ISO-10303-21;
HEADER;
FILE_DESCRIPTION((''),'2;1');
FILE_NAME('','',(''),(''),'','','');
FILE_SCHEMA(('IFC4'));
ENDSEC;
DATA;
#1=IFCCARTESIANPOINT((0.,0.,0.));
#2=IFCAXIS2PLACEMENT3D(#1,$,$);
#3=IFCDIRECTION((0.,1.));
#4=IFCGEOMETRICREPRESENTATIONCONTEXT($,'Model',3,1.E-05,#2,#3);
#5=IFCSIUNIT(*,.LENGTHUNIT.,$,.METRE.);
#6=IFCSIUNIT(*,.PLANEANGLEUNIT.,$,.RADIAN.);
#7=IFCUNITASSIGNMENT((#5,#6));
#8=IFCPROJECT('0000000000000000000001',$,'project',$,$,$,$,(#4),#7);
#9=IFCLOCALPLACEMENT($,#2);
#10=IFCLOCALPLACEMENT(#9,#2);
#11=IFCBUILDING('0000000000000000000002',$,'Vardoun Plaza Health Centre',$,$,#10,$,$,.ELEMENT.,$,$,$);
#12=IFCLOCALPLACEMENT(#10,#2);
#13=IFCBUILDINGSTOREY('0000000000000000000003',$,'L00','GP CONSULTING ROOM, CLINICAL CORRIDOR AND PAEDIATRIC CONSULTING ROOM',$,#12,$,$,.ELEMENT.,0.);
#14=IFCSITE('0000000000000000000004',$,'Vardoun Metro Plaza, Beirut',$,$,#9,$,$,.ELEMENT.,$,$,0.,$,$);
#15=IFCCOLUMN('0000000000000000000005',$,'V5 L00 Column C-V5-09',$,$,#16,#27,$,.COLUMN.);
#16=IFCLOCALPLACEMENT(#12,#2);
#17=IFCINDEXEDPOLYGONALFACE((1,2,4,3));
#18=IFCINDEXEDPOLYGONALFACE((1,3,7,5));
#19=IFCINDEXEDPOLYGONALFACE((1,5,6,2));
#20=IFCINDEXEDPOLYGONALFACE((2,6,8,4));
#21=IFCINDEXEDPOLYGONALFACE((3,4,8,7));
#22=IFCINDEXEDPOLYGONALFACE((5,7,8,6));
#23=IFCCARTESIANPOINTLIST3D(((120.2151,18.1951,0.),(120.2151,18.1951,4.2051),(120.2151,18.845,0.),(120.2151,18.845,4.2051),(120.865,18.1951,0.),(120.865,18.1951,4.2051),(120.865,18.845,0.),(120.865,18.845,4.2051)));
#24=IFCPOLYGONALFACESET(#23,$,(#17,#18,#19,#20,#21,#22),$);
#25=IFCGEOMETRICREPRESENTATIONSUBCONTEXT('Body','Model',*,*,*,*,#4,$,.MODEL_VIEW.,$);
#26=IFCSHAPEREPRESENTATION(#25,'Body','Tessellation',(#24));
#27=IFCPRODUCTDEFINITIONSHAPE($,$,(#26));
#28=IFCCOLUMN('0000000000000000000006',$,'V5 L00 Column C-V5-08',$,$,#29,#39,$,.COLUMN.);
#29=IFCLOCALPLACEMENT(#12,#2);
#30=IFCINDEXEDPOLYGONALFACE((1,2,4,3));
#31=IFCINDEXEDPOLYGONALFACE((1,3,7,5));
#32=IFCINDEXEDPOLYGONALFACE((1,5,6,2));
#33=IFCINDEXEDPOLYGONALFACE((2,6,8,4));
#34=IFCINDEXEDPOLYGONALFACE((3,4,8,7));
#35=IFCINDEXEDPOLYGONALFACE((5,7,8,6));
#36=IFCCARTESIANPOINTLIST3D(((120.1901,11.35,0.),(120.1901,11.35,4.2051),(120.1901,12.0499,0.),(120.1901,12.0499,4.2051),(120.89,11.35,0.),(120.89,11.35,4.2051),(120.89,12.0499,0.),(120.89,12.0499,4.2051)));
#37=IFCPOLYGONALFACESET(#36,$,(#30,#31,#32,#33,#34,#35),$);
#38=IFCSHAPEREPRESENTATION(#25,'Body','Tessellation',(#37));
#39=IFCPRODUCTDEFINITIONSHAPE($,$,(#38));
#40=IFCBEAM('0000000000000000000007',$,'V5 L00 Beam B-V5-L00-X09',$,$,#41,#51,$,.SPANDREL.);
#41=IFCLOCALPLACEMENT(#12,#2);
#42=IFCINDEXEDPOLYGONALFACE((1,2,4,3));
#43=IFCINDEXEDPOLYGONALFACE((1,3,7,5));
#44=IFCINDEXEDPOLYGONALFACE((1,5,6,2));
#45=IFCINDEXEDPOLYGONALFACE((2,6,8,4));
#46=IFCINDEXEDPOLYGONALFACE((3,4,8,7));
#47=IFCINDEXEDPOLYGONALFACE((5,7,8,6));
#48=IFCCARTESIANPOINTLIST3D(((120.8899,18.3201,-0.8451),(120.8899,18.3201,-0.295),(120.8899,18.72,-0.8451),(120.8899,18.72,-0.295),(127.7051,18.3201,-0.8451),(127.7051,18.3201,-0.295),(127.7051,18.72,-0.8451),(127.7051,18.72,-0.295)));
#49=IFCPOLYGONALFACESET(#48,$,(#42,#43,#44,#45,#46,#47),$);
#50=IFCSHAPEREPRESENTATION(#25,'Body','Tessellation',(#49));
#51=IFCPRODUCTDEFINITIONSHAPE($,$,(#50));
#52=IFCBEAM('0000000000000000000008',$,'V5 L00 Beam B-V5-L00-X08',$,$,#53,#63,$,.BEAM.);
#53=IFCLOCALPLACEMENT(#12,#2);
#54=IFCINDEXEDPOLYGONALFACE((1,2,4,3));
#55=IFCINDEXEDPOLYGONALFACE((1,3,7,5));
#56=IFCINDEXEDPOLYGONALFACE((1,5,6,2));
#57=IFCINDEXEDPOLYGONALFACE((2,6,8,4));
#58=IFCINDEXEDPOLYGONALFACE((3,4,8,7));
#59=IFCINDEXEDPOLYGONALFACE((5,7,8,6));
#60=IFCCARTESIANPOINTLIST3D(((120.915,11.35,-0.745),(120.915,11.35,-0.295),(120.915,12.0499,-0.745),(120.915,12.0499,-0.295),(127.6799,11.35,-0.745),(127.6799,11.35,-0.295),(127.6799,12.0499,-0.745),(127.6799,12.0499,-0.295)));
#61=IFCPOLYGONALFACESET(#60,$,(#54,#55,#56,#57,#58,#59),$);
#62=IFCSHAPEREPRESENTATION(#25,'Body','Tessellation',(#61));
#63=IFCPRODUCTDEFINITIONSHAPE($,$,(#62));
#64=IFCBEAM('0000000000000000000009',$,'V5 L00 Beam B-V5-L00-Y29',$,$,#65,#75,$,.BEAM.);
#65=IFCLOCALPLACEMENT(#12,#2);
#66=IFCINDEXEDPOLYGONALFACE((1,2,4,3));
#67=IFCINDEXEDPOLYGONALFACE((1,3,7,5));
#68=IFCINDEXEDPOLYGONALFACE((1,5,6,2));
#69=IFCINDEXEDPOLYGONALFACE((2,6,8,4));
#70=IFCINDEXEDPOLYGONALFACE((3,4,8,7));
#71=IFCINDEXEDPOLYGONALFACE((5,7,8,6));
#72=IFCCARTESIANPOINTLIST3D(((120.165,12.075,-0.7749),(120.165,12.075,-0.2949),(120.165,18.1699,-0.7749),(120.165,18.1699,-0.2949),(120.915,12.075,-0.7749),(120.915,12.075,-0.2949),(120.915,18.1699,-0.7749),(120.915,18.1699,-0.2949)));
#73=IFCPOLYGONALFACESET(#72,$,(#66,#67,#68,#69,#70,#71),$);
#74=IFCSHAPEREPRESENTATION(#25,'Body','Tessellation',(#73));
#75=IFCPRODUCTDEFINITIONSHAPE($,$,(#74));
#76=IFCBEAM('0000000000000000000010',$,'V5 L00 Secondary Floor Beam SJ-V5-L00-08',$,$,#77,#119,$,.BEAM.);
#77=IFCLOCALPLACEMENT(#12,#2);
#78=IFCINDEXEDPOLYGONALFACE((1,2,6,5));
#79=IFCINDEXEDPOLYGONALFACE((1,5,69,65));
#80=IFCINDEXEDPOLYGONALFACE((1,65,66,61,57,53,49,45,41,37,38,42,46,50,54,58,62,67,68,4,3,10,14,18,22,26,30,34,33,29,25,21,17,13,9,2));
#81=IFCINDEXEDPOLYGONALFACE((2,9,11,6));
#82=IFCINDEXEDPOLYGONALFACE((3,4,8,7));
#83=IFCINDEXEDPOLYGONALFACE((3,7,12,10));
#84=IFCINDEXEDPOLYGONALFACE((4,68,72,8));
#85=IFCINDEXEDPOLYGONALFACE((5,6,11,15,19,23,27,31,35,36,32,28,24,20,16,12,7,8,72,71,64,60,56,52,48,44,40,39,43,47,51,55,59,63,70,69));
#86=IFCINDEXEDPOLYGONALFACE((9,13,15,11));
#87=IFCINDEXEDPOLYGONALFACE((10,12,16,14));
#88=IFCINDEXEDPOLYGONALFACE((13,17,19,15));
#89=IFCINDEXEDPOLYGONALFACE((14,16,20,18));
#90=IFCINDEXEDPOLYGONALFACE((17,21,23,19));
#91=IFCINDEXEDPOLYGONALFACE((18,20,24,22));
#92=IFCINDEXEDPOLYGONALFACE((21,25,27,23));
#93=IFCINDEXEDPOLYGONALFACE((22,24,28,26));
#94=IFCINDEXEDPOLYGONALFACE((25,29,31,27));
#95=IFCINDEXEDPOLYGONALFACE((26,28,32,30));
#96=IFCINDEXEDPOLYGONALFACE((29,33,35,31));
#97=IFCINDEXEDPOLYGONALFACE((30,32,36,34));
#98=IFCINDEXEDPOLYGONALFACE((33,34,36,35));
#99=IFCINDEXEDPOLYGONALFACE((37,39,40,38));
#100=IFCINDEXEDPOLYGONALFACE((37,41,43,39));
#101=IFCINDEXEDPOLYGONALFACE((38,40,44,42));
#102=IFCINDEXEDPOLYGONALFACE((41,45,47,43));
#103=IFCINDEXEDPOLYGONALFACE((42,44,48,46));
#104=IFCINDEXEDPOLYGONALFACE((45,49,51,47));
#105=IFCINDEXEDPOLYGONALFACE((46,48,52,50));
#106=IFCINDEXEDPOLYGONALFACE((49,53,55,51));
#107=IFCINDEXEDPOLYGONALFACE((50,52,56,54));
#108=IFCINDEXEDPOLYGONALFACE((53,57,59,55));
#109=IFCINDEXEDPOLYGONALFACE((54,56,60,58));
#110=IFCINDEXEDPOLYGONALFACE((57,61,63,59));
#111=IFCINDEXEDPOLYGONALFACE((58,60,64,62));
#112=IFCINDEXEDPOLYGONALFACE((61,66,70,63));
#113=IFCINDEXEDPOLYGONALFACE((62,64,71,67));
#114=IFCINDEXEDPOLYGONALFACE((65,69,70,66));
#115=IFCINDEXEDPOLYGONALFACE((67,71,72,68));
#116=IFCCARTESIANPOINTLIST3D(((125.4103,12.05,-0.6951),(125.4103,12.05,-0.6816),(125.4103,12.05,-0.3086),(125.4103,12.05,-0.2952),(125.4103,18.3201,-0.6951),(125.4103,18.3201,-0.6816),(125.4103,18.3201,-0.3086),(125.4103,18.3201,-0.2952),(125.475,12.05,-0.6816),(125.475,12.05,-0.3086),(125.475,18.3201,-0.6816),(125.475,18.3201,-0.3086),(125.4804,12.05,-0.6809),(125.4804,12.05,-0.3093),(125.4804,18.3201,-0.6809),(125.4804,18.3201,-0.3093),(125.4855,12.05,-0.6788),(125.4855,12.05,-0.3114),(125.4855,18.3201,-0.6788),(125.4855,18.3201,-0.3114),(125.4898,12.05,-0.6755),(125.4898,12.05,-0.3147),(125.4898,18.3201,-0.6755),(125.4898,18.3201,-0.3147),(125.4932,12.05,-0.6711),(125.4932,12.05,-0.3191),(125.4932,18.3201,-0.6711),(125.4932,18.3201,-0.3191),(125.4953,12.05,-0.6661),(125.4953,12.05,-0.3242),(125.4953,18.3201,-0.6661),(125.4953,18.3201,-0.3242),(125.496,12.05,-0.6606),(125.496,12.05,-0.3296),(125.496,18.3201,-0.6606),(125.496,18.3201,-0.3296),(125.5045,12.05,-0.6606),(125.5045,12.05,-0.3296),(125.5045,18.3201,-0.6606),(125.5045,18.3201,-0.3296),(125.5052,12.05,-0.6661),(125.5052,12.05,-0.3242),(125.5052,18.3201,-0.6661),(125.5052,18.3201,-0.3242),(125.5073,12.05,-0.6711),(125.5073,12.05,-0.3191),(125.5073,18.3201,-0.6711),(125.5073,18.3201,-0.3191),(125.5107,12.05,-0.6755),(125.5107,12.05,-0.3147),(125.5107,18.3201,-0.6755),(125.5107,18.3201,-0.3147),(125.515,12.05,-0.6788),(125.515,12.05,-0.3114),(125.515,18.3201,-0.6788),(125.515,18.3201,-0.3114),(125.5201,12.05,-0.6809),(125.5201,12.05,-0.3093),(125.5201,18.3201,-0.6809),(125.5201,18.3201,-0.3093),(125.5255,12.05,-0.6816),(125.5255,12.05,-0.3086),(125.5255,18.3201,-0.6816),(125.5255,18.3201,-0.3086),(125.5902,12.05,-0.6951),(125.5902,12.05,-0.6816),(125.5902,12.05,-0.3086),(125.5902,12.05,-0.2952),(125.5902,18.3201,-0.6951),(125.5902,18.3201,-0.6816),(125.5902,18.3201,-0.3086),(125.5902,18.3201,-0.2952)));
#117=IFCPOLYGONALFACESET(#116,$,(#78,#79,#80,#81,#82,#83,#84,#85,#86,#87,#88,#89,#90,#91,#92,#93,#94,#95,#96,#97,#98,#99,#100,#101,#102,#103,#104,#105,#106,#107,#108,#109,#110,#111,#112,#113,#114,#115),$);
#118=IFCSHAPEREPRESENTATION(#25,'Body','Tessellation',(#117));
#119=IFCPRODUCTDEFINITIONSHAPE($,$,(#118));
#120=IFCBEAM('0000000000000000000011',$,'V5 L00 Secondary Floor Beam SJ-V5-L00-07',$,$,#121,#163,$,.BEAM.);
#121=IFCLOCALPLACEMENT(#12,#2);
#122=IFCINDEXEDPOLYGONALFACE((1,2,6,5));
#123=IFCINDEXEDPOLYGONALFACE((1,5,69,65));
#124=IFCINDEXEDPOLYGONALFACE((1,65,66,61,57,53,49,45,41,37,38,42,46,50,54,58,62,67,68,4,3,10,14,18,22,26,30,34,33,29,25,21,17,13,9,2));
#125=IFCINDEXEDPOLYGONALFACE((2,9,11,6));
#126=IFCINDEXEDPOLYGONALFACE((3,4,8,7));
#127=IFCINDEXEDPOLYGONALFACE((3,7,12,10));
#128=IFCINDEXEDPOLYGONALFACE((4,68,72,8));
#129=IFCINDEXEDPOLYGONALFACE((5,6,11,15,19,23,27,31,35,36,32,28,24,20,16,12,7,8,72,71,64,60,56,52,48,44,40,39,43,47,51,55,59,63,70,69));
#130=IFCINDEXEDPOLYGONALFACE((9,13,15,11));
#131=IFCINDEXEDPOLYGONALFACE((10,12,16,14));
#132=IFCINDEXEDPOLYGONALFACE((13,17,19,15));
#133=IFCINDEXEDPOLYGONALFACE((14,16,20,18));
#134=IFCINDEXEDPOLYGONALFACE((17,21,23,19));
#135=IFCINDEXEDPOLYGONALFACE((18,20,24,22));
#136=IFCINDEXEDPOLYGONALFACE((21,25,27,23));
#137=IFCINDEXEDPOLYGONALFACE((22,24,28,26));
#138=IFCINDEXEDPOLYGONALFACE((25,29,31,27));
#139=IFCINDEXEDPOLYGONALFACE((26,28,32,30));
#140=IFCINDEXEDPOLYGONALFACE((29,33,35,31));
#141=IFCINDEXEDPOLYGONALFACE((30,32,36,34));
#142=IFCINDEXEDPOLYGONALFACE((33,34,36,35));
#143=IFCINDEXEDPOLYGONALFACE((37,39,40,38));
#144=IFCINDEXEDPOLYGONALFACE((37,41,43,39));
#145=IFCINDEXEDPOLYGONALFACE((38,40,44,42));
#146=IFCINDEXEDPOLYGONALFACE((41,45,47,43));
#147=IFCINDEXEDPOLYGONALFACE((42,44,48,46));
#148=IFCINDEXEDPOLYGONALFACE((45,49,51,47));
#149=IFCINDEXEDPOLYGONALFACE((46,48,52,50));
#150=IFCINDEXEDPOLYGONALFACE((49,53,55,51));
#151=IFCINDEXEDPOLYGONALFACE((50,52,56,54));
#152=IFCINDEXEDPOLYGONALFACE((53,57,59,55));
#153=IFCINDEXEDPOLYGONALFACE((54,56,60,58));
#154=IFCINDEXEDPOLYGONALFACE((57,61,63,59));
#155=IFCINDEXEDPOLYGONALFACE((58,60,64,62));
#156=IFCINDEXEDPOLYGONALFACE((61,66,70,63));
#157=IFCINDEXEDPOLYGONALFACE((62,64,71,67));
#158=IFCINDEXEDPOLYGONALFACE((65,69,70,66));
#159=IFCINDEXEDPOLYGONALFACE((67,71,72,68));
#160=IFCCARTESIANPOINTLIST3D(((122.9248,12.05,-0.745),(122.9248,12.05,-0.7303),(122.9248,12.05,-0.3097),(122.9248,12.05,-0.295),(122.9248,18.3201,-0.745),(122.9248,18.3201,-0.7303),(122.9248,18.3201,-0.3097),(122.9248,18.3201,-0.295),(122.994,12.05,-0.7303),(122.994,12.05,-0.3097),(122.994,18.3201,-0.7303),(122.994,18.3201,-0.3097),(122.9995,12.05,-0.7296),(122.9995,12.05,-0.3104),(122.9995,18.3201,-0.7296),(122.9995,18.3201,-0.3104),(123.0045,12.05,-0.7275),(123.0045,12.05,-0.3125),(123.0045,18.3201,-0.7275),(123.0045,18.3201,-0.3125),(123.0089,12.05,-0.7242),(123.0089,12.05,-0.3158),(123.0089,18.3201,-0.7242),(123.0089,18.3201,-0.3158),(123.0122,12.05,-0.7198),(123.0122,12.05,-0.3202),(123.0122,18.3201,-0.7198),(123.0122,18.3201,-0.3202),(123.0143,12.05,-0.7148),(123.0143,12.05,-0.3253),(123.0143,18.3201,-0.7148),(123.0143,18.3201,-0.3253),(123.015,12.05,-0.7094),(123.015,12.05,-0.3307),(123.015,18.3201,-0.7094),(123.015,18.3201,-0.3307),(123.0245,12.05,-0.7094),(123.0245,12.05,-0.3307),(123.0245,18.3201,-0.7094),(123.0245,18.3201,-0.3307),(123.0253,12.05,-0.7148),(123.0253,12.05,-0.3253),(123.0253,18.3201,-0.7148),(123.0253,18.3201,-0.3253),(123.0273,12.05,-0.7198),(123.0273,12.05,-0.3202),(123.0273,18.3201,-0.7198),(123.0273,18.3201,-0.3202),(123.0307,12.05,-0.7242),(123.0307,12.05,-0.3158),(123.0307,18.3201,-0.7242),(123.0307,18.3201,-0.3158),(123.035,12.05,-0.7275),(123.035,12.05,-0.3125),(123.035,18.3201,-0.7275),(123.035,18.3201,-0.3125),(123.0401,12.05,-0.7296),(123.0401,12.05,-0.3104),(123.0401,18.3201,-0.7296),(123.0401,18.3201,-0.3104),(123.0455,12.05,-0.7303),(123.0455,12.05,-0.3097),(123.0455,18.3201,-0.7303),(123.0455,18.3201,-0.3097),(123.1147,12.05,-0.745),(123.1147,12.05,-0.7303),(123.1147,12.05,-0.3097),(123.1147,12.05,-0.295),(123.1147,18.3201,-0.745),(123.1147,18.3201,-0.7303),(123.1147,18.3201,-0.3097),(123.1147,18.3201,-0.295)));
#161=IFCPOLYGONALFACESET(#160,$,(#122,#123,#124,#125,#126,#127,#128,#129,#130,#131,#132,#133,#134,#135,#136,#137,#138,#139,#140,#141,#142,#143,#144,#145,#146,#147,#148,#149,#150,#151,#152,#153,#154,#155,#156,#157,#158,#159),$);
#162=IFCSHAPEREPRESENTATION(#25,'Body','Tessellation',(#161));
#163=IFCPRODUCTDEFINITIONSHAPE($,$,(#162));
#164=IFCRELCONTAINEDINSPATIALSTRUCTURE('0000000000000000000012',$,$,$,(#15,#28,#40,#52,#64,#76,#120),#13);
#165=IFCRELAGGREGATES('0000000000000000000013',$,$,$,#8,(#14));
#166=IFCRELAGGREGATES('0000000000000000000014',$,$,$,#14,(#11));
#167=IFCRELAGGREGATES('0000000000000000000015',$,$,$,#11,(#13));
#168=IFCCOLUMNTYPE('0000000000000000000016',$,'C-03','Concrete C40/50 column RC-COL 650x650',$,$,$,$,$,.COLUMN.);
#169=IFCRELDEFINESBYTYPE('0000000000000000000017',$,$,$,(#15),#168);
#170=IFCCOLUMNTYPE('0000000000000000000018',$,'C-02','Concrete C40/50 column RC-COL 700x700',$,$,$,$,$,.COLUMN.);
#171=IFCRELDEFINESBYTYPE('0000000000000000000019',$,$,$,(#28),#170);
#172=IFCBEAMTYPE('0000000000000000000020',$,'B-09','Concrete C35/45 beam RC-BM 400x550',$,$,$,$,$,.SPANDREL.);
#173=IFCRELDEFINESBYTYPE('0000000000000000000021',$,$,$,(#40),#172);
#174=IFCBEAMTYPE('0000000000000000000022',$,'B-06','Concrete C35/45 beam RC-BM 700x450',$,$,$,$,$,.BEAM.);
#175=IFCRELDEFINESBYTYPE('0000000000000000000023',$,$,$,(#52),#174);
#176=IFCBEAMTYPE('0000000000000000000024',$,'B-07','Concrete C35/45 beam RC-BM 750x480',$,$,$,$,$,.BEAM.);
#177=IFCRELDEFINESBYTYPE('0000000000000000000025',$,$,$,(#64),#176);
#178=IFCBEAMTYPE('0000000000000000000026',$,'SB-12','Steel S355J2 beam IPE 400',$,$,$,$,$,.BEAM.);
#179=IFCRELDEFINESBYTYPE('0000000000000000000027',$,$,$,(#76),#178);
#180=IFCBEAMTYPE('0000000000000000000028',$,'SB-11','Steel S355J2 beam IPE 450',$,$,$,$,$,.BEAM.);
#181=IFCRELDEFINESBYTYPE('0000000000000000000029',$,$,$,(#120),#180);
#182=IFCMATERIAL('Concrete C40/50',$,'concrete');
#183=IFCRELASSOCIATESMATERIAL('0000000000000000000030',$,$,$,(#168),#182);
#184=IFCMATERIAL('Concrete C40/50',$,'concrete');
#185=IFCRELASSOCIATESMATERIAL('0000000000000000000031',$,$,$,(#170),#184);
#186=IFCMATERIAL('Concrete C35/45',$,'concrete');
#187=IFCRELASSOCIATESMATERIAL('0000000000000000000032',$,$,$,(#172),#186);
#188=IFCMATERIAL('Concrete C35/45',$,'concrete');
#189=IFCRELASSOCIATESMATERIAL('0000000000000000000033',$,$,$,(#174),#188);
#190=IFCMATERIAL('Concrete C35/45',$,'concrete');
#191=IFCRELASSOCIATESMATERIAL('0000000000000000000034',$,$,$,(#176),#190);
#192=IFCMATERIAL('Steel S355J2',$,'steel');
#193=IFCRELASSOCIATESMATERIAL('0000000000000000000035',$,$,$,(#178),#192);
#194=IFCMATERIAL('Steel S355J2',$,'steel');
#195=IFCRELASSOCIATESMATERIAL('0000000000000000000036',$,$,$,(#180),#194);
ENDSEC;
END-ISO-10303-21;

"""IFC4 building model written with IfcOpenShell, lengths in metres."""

from ifc_helpers import new_model, si_unit, direction, frame, origin, origin_2d, place, context, subcontext, project, spatial, rectangle, i_section, extrude, material, material_profile, profile_set, type_object, element, save


model = new_model("IFC4")

# Units and contexts
model_context = context("Model", 3, precision=1e-05, world=origin(), true_north=direction((0.0, 1.0)))
body_context = subcontext(model_context, "Body", "Model", "MODEL_VIEW")
ifc_project = project(units=[si_unit("LENGTHUNIT", "METRE"), si_unit("PLANEANGLEUNIT", "RADIAN")], contexts=[model_context])

# Site, building, storey
site_placement = place(None, origin())
site = spatial("IfcSite", under=ifc_project, at=site_placement, Name="Vardoun Metro Plaza, Beirut", CompositionType="ELEMENT", RefElevation=0.0)
building_placement = place(site_placement, origin())
building = spatial("IfcBuilding", under=site, at=building_placement, Name="Vardoun Plaza Health Centre", CompositionType="ELEMENT")
storey_placement = place(building_placement, origin())
storey = spatial("IfcBuildingStorey", under=building, at=storey_placement, Name="L00", Description="GP CONSULTING ROOM, CLINICAL CORRIDOR AND PAEDIATRIC CONSULTING ROOM", CompositionType="ELEMENT", Elevation=0.0)

# Columns
ifc_material_1 = material(Name="Concrete C40/50", Category="concrete")
ifc_material_profile_1 = material_profile(ifc_material_1, rectangle(XDim=0.6499, YDim=0.6499, at=origin_2d()), Name="RC-COL 650x650")
ifc_profile_set_1 = profile_set([ifc_material_profile_1], Name="Concrete C40/50")
column_type_1 = type_object("IfcColumnType", Name="C-03", Description="Concrete C40/50 column RC-COL 650x650", PredefinedType="COLUMN", material=ifc_profile_set_1)
column_1_placement = place(storey_placement, frame((120.54, 18.52, 0.0), z_axis=(0.0, 0.0, 1.0), x_axis=(1.0, 0.0, 0.0)))
element("IfcColumn", 1, at=column_1_placement, inside=storey, type_object=column_type_1, Name="V5 L00 Column C-V5-09", PredefinedType="COLUMN", context=body_context, shape_type="SweptSolid", body=[
    extrude(rectangle(XDim=0.6499, YDim=0.6499, at=origin_2d()), origin(), (0.0, 0.0, 1.0), 4.2051),
])
ifc_material_2 = material(Name="Concrete C40/50", Category="concrete")
ifc_material_profile_2 = material_profile(ifc_material_2, rectangle(XDim=0.7, YDim=0.7, at=origin_2d()), Name="RC-COL 700x700")
ifc_profile_set_2 = profile_set([ifc_material_profile_2], Name="Concrete C40/50")
column_type_2 = type_object("IfcColumnType", Name="C-02", Description="Concrete C40/50 column RC-COL 700x700", PredefinedType="COLUMN", material=ifc_profile_set_2)
column_2_placement = place(storey_placement, frame((120.54, 11.7, 0.0), z_axis=(0.0, 0.0, 1.0), x_axis=(1.0, 0.0, 0.0)))
element("IfcColumn", 2, at=column_2_placement, inside=storey, type_object=column_type_2, Name="V5 L00 Column C-V5-08", PredefinedType="COLUMN", context=body_context, shape_type="SweptSolid", body=[
    extrude(rectangle(XDim=0.7, YDim=0.7, at=origin_2d()), origin(), (0.0, 0.0, 1.0), 4.2051),
])

# Beams
ifc_material_3 = material(Name="Concrete C35/45", Category="concrete")
ifc_material_profile_3 = material_profile(ifc_material_3, rectangle(XDim=0.3999, YDim=0.55, at=origin_2d()), Name="RC-BM 400x550")
ifc_profile_set_3 = profile_set([ifc_material_profile_3], Name="Concrete C35/45")
beam_type_1 = type_object("IfcBeamType", Name="B-09", Description="Concrete C35/45 beam RC-BM 400x550", PredefinedType="SPANDREL", material=ifc_profile_set_3)
beam_1_placement = place(storey_placement, frame((120.8899, 18.52, -0.5701), z_axis=(1.0, 0.0, 0.0), x_axis=(0.0, 1.0, 0.0)))
element("IfcBeam", 3, at=beam_1_placement, inside=storey, type_object=beam_type_1, Name="V5 L00 Beam B-V5-L00-X09", PredefinedType="SPANDREL", context=body_context, shape_type="SweptSolid", body=[
    extrude(rectangle(XDim=0.3999, YDim=0.55, at=origin_2d()), origin(), (0.0, 0.0, 1.0), 6.8152),
])
ifc_material_4 = material(Name="Concrete C35/45", Category="concrete")
ifc_material_profile_4 = material_profile(ifc_material_4, rectangle(XDim=0.7, YDim=0.45, at=origin_2d()), Name="RC-BM 700x450")
ifc_profile_set_4 = profile_set([ifc_material_profile_4], Name="Concrete C35/45")
beam_type_2 = type_object("IfcBeamType", Name="B-06", Description="Concrete C35/45 beam RC-BM 700x450", PredefinedType="BEAM", material=ifc_profile_set_4)
beam_2_placement = place(storey_placement, frame((120.915, 11.7, -0.52), z_axis=(1.0, 0.0, 0.0), x_axis=(0.0, 1.0, 0.0)))
element("IfcBeam", 4, at=beam_2_placement, inside=storey, type_object=beam_type_2, Name="V5 L00 Beam B-V5-L00-X08", PredefinedType="BEAM", context=body_context, shape_type="SweptSolid", body=[
    extrude(rectangle(XDim=0.7, YDim=0.45, at=origin_2d()), origin(), (0.0, 0.0, 1.0), 6.7649),
])
ifc_material_5 = material(Name="Concrete C35/45", Category="concrete")
ifc_material_profile_5 = material_profile(ifc_material_5, rectangle(XDim=0.75, YDim=0.48, at=origin_2d()), Name="RC-BM 750x480")
ifc_profile_set_5 = profile_set([ifc_material_profile_5], Name="Concrete C35/45")
beam_type_3 = type_object("IfcBeamType", Name="B-07", Description="Concrete C35/45 beam RC-BM 750x480", PredefinedType="BEAM", material=ifc_profile_set_5)
beam_3_placement = place(storey_placement, frame((120.54, 12.075, -0.5349), z_axis=(0.0, 1.0, 0.0), x_axis=(-1.0, 0.0, 0.0)))
element("IfcBeam", 5, at=beam_3_placement, inside=storey, type_object=beam_type_3, Name="V5 L00 Beam B-V5-L00-Y29", PredefinedType="BEAM", context=body_context, shape_type="SweptSolid", body=[
    extrude(rectangle(XDim=0.75, YDim=0.48, at=origin_2d()), origin(), (0.0, 0.0, 1.0), 6.095),
])
ifc_material_6 = material(Name="Steel S355J2", Category="steel")
ifc_material_profile_6 = material_profile(ifc_material_6, i_section(OverallWidth=0.1799, OverallDepth=0.3999, WebThickness=0.0085, FlangeThickness=0.0134, FilletRadius=0.021, at=origin_2d()), Name="IPE 400")
ifc_profile_set_6 = profile_set([ifc_material_profile_6], Name="Steel S355J2")
beam_type_4 = type_object("IfcBeamType", Name="SB-12", Description="Steel S355J2 beam IPE 400", PredefinedType="BEAM", material=ifc_profile_set_6)
beam_4_placement = place(storey_placement, frame((125.5002, 12.05, -0.4951), z_axis=(0.0, 1.0, 0.0), x_axis=(-1.0, 0.0, 0.0)))
element("IfcBeam", 6, at=beam_4_placement, inside=storey, type_object=beam_type_4, Name="V5 L00 Secondary Floor Beam SJ-V5-L00-08", PredefinedType="BEAM", context=body_context, shape_type="SweptSolid", body=[
    extrude(i_section(OverallWidth=0.1799, OverallDepth=0.3999, WebThickness=0.0085, FlangeThickness=0.0134, FilletRadius=0.021, at=origin_2d()), origin(), (0.0, 0.0, 1.0), 6.27),
])
ifc_material_7 = material(Name="Steel S355J2", Category="steel")
ifc_material_profile_7 = material_profile(ifc_material_7, i_section(OverallWidth=0.1899, OverallDepth=0.45, WebThickness=0.0095, FlangeThickness=0.0146, FilletRadius=0.021, at=origin_2d()), Name="IPE 450")
ifc_profile_set_7 = profile_set([ifc_material_profile_7], Name="Steel S355J2")
beam_type_5 = type_object("IfcBeamType", Name="SB-11", Description="Steel S355J2 beam IPE 450", PredefinedType="BEAM", material=ifc_profile_set_7)
beam_5_placement = place(storey_placement, frame((123.0198, 12.05, -0.52), z_axis=(0.0, 1.0, 0.0), x_axis=(-1.0, 0.0, 0.0)))
element("IfcBeam", 7, at=beam_5_placement, inside=storey, type_object=beam_type_5, Name="V5 L00 Secondary Floor Beam SJ-V5-L00-07", PredefinedType="BEAM", context=body_context, shape_type="SweptSolid", body=[
    extrude(i_section(OverallWidth=0.1899, OverallDepth=0.45, WebThickness=0.0095, FlangeThickness=0.0146, FilletRadius=0.021, at=origin_2d()), origin(), (0.0, 0.0, 1.0), 6.27),
])

save(model, "model.ifc")
